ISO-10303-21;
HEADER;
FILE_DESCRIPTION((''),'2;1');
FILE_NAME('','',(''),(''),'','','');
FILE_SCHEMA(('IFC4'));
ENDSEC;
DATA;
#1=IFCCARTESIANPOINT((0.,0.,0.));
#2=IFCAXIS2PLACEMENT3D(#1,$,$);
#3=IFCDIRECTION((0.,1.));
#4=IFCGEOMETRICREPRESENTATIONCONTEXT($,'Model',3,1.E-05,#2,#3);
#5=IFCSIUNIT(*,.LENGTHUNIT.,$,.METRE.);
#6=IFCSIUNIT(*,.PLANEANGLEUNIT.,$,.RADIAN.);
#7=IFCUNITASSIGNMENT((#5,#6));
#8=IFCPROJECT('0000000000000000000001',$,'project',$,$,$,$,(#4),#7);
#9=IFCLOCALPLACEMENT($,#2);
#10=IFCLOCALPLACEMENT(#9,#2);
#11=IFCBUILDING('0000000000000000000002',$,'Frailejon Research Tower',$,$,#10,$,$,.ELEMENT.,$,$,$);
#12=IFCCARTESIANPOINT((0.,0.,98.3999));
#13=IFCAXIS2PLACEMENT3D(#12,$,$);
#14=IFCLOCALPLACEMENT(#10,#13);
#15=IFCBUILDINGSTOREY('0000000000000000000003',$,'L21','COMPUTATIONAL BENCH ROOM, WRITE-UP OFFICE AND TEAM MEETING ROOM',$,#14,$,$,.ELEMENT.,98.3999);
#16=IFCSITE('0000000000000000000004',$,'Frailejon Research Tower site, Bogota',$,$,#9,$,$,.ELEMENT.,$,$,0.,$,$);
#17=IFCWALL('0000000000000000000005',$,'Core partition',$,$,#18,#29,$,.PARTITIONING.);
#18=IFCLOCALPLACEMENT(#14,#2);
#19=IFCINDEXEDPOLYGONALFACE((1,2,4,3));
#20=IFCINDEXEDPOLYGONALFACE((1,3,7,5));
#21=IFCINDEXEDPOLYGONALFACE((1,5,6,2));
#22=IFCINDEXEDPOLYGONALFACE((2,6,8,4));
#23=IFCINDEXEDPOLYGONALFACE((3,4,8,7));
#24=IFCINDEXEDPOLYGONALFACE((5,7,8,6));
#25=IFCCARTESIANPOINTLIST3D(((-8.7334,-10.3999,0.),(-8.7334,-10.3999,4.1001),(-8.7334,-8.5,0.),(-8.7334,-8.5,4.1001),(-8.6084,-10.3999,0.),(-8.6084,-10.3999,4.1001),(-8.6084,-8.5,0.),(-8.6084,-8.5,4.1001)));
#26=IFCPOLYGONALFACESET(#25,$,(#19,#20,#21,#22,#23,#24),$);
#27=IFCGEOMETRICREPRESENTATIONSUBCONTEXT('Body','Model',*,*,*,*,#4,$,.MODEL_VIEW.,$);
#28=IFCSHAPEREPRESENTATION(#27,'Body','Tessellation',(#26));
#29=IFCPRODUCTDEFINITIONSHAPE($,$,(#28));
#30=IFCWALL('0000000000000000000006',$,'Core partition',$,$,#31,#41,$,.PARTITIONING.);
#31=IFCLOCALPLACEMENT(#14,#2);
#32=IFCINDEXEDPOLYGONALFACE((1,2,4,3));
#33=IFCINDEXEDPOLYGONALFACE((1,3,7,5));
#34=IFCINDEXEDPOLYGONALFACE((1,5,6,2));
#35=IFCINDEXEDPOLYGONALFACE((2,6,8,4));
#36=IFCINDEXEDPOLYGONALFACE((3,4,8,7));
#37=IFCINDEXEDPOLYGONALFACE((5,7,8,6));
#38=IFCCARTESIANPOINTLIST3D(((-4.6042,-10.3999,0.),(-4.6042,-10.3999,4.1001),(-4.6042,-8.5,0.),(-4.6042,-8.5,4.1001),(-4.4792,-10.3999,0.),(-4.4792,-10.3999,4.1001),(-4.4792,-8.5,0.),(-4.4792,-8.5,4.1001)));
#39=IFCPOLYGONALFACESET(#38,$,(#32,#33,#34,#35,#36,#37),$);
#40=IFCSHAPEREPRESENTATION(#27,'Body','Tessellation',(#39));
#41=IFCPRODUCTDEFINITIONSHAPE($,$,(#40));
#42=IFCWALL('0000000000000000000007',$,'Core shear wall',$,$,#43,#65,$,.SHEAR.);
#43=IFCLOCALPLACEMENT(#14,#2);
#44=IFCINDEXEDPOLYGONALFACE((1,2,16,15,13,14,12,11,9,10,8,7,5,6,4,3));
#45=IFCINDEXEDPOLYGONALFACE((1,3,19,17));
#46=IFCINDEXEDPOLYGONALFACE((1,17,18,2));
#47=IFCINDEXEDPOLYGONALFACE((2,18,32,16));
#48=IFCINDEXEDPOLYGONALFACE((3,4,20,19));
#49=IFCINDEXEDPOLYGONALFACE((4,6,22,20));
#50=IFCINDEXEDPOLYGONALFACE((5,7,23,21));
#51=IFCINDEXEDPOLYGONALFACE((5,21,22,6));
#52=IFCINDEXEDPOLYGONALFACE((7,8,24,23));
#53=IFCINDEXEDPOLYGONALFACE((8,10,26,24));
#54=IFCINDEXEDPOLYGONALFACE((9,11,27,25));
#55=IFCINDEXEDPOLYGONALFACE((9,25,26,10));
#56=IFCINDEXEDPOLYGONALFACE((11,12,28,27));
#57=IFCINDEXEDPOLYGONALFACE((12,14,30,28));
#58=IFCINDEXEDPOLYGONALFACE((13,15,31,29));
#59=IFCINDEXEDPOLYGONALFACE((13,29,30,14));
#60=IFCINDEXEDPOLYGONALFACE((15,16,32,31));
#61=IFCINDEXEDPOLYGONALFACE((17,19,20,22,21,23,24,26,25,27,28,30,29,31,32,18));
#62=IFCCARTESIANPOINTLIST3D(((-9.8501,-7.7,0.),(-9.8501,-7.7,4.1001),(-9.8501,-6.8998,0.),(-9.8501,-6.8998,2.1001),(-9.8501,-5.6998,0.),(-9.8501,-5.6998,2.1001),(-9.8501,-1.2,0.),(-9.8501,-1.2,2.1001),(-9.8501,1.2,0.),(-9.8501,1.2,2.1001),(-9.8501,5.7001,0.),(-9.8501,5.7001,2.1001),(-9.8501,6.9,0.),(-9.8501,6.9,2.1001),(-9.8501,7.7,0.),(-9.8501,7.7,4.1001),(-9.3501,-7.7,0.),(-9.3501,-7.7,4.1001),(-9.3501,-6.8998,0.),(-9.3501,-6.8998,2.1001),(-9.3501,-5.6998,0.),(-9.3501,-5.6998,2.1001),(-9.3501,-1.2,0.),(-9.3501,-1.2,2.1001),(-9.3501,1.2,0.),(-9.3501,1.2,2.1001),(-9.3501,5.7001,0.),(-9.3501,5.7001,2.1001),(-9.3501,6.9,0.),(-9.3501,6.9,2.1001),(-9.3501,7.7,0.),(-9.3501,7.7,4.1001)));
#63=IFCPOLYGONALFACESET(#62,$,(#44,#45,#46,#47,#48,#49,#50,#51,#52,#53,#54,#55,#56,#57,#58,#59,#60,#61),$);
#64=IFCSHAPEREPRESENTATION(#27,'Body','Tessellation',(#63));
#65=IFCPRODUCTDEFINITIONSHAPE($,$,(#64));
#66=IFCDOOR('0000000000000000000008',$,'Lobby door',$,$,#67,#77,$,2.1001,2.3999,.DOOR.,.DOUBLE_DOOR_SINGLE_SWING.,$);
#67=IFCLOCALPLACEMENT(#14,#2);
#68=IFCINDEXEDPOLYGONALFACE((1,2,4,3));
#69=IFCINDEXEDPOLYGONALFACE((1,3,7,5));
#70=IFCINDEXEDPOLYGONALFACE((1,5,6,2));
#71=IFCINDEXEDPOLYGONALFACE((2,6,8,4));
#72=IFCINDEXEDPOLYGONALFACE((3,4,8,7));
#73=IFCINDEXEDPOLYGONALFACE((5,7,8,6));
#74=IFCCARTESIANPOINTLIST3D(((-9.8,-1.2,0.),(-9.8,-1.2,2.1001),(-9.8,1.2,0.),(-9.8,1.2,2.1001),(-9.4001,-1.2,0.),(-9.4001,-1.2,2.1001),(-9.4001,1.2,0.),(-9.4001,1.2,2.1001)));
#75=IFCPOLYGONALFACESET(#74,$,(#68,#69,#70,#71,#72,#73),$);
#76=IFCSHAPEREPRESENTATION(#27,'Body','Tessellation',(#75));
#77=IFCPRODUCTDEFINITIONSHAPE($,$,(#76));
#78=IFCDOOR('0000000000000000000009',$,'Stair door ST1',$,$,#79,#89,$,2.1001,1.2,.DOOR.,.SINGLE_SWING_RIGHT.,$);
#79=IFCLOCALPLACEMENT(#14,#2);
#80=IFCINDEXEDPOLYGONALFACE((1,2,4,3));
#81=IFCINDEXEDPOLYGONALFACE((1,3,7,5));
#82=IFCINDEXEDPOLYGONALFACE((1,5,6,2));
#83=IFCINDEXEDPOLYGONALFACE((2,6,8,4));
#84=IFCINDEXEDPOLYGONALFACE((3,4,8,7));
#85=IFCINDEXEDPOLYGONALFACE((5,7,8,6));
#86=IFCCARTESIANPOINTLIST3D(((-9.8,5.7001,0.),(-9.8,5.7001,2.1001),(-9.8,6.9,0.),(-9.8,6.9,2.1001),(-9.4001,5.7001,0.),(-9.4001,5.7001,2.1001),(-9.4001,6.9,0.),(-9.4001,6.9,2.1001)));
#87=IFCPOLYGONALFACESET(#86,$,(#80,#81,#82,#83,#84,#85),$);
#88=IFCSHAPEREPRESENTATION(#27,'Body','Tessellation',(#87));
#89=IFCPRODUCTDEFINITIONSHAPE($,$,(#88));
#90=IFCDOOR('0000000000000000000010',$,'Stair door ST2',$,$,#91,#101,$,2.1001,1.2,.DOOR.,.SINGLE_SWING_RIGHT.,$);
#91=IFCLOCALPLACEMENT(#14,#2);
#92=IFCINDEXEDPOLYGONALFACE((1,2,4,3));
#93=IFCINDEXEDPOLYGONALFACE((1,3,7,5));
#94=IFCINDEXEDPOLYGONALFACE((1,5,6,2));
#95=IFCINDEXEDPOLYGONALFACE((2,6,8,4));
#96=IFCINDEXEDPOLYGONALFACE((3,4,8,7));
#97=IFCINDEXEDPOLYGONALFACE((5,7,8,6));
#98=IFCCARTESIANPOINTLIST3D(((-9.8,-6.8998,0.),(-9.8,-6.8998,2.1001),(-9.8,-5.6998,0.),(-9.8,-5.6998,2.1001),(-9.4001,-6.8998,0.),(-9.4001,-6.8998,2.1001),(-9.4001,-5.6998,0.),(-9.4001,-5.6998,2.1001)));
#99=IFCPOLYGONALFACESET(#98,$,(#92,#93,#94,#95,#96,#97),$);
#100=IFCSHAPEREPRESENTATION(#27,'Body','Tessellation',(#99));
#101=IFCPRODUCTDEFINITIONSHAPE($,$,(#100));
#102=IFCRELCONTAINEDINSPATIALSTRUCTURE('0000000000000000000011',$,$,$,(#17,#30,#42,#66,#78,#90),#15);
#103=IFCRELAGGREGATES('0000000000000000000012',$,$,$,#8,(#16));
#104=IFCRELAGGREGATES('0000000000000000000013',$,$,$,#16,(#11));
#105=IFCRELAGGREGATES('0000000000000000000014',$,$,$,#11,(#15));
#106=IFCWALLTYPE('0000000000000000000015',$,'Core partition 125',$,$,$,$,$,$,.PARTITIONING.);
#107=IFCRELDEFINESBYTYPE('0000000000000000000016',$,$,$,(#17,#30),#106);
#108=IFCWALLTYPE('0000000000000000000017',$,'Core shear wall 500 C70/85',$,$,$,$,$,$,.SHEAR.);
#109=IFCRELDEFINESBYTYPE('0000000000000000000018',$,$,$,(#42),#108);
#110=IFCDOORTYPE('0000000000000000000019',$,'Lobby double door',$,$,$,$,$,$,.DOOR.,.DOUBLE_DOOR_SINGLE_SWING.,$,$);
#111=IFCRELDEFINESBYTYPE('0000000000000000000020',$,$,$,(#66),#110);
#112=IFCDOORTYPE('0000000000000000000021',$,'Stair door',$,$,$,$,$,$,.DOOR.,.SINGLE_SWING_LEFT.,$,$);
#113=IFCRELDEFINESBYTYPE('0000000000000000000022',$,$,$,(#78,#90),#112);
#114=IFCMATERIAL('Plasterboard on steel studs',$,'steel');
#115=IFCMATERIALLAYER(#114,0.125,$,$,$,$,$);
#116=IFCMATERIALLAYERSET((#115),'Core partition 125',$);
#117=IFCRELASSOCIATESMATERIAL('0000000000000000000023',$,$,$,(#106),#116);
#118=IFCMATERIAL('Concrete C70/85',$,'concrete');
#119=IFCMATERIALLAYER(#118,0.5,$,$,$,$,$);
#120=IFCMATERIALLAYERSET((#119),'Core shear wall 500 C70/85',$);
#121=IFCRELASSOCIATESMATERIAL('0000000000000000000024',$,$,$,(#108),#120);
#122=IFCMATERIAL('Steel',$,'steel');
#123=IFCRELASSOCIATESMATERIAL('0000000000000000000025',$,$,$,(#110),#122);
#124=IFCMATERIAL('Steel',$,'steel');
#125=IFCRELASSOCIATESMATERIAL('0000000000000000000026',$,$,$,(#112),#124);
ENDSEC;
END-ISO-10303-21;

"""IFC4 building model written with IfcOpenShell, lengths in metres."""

from ifc_helpers import new_model, si_unit, direction, frame, frame_2d, origin, place, context, subcontext, project, spatial, rectangle, extrude, material, layer, layer_set, type_object, element, fill, save


model = new_model("IFC4")

# Units and contexts
model_context = context("Model", 3, precision=1e-05, world=origin(), true_north=direction((0.0, 1.0)))
body_context = subcontext(model_context, "Body", "Model", "MODEL_VIEW")
ifc_project = project(units=[si_unit("LENGTHUNIT", "METRE"), si_unit("PLANEANGLEUNIT", "RADIAN")], contexts=[model_context])

# Site, building, storey
site_placement = place(None, origin())
site = spatial("IfcSite", under=ifc_project, at=site_placement, Name="Frailejon Research Tower site, Bogota", CompositionType="ELEMENT", RefElevation=0.0)
building_placement = place(site_placement, origin())
building = spatial("IfcBuilding", under=site, at=building_placement, Name="Frailejon Research Tower", CompositionType="ELEMENT")
storey_placement = place(building_placement, frame((0.0, 0.0, 98.3999)))
storey = spatial("IfcBuildingStorey", under=building, at=storey_placement, Name="L21", Description="COMPUTATIONAL BENCH ROOM, WRITE-UP OFFICE AND TEAM MEETING ROOM", CompositionType="ELEMENT", Elevation=98.3999)

# Walls
ifc_material_1 = material(Name="Plasterboard on steel studs", Category="steel")
ifc_layer_1 = layer(ifc_material_1, 0.125)
ifc_layer_set_1 = layer_set([ifc_layer_1], Name="Core partition 125")
wall_type_1 = type_object("IfcWallType", Name="Core partition 125", PredefinedType="PARTITIONING", material=ifc_layer_set_1)
for number, where, z_axis, x_axis, name in (
    (1, (-8.6709, -10.3999, 0.0), (0.0, 0.0, 1.0), (0.0, 1.0, 0.0), "Core partition"),
    (2, (-4.5417, -10.3999, 0.0), (0.0, 0.0, 1.0), (0.0, 1.0, 0.0), "Core partition"),
):
    element("IfcWall", number, at=place(storey_placement, frame(where, z_axis=z_axis, x_axis=x_axis)), inside=storey, type_object=wall_type_1, Name=name, PredefinedType="PARTITIONING", context=body_context, shape_type="SweptSolid", body=[
        extrude(rectangle(XDim=1.8999, YDim=0.125, at=frame_2d((0.95, 0.0))), origin(), (0.0, 0.0, 1.0), 4.1001),
    ])

# Wall, openings, doors
ifc_material_2 = material(Name="Concrete C70/85", Category="concrete")
ifc_layer_2 = layer(ifc_material_2, 0.5)
ifc_layer_set_2 = layer_set([ifc_layer_2], Name="Core shear wall 500 C70/85")
wall_type_2 = type_object("IfcWallType", Name="Core shear wall 500 C70/85", PredefinedType="SHEAR", material=ifc_layer_set_2)
wall_1_placement = place(storey_placement, frame((-9.6001, -7.7, 0.0), z_axis=(0.0, 0.0, 1.0), x_axis=(0.0, 1.0, 0.0)))
wall_1 = element("IfcWall", 3, at=wall_1_placement, inside=storey, type_object=wall_type_2, Name="Core shear wall", PredefinedType="SHEAR", context=body_context, shape_type="SweptSolid", body=[
    extrude(rectangle(XDim=15.3999, YDim=0.5, at=frame_2d((7.7, 0.0))), origin(), (0.0, 0.0, 1.0), 4.1001),
])
opening_1_placement = place(wall_1_placement, frame((6.5, 0.0, 0.0)))
opening_1 = element("IfcOpeningElement", 4, at=opening_1_placement, cuts=wall_1, PredefinedType="OPENING", context=body_context, shape_type="SweptSolid", body=[
    extrude(rectangle(XDim=2.3999, YDim=2.1001, at=frame_2d((1.2, 1.05))), frame((0.0, 0.26, 0.0), z_axis=(0.0, -1.0, 0.0), x_axis=(1.0, 0.0, 0.0)), (0.0, 0.0, 1.0), 0.52),
])
opening_2_placement = place(wall_1_placement, frame((13.3999, 0.0, 0.0)))
opening_2 = element("IfcOpeningElement", 5, at=opening_2_placement, cuts=wall_1, PredefinedType="OPENING", context=body_context, shape_type="SweptSolid", body=[
    extrude(rectangle(XDim=1.2, YDim=2.1001, at=frame_2d((0.6001, 1.05))), frame((0.0, 0.26, 0.0), z_axis=(0.0, -1.0, 0.0), x_axis=(1.0, 0.0, 0.0)), (0.0, 0.0, 1.0), 0.52),
])
opening_3_placement = place(wall_1_placement, frame((0.8, 0.0, 0.0)))
opening_3 = element("IfcOpeningElement", 6, at=opening_3_placement, cuts=wall_1, PredefinedType="OPENING", context=body_context, shape_type="SweptSolid", body=[
    extrude(rectangle(XDim=1.2, YDim=2.1001, at=frame_2d((0.6001, 1.05))), frame((0.0, 0.26, 0.0), z_axis=(0.0, -1.0, 0.0), x_axis=(1.0, 0.0, 0.0)), (0.0, 0.0, 1.0), 0.52),
])
ifc_material_3 = material(Name="Steel", Category="steel")
door_type_1 = type_object("IfcDoorType", Name="Lobby double door", OperationType="DOUBLE_DOOR_SINGLE_SWING", PredefinedType="DOOR", material=ifc_material_3)
door_1_placement = place(opening_1_placement, origin())
door_1 = element("IfcDoor", 7, at=door_1_placement, inside=storey, type_object=door_type_1, Name="Lobby door", OperationType="DOUBLE_DOOR_SINGLE_SWING", OverallHeight=2.1001, OverallWidth=2.3999, PredefinedType="DOOR", context=body_context, shape_type="SweptSolid", body=[
    extrude(rectangle(XDim=2.3999, YDim=2.1001, at=frame_2d((1.2, 1.05))), frame((0.0, 0.2, 0.0), z_axis=(0.0, -1.0, 0.0), x_axis=(1.0, 0.0, 0.0)), (0.0, 0.0, 1.0), 0.3999),
])
fill(opening_1, door_1)
ifc_material_4 = material(Name="Steel", Category="steel")
door_type_2 = type_object("IfcDoorType", Name="Stair door", OperationType="SINGLE_SWING_LEFT", PredefinedType="DOOR", material=ifc_material_4)
door_2_placement = place(opening_2_placement, origin())
door_2 = element("IfcDoor", 8, at=door_2_placement, inside=storey, type_object=door_type_2, Name="Stair door ST1", OperationType="SINGLE_SWING_RIGHT", OverallHeight=2.1001, OverallWidth=1.2, PredefinedType="DOOR", context=body_context, shape_type="SweptSolid", body=[
    extrude(rectangle(XDim=1.2, YDim=2.1001, at=frame_2d((0.6001, 1.05))), frame((0.0, 0.2, 0.0), z_axis=(0.0, -1.0, 0.0), x_axis=(1.0, 0.0, 0.0)), (0.0, 0.0, 1.0), 0.3999),
])
fill(opening_2, door_2)
door_3_placement = place(opening_3_placement, origin())
door_3 = element("IfcDoor", 9, at=door_3_placement, inside=storey, type_object=door_type_2, Name="Stair door ST2", OperationType="SINGLE_SWING_RIGHT", OverallHeight=2.1001, OverallWidth=1.2, PredefinedType="DOOR", context=body_context, shape_type="SweptSolid", body=[
    extrude(rectangle(XDim=1.2, YDim=2.1001, at=frame_2d((0.6001, 1.05))), frame((0.0, 0.2, 0.0), z_axis=(0.0, -1.0, 0.0), x_axis=(1.0, 0.0, 0.0)), (0.0, 0.0, 1.0), 0.3999),
])
fill(opening_3, door_3)

save(model, "model.ifc")
